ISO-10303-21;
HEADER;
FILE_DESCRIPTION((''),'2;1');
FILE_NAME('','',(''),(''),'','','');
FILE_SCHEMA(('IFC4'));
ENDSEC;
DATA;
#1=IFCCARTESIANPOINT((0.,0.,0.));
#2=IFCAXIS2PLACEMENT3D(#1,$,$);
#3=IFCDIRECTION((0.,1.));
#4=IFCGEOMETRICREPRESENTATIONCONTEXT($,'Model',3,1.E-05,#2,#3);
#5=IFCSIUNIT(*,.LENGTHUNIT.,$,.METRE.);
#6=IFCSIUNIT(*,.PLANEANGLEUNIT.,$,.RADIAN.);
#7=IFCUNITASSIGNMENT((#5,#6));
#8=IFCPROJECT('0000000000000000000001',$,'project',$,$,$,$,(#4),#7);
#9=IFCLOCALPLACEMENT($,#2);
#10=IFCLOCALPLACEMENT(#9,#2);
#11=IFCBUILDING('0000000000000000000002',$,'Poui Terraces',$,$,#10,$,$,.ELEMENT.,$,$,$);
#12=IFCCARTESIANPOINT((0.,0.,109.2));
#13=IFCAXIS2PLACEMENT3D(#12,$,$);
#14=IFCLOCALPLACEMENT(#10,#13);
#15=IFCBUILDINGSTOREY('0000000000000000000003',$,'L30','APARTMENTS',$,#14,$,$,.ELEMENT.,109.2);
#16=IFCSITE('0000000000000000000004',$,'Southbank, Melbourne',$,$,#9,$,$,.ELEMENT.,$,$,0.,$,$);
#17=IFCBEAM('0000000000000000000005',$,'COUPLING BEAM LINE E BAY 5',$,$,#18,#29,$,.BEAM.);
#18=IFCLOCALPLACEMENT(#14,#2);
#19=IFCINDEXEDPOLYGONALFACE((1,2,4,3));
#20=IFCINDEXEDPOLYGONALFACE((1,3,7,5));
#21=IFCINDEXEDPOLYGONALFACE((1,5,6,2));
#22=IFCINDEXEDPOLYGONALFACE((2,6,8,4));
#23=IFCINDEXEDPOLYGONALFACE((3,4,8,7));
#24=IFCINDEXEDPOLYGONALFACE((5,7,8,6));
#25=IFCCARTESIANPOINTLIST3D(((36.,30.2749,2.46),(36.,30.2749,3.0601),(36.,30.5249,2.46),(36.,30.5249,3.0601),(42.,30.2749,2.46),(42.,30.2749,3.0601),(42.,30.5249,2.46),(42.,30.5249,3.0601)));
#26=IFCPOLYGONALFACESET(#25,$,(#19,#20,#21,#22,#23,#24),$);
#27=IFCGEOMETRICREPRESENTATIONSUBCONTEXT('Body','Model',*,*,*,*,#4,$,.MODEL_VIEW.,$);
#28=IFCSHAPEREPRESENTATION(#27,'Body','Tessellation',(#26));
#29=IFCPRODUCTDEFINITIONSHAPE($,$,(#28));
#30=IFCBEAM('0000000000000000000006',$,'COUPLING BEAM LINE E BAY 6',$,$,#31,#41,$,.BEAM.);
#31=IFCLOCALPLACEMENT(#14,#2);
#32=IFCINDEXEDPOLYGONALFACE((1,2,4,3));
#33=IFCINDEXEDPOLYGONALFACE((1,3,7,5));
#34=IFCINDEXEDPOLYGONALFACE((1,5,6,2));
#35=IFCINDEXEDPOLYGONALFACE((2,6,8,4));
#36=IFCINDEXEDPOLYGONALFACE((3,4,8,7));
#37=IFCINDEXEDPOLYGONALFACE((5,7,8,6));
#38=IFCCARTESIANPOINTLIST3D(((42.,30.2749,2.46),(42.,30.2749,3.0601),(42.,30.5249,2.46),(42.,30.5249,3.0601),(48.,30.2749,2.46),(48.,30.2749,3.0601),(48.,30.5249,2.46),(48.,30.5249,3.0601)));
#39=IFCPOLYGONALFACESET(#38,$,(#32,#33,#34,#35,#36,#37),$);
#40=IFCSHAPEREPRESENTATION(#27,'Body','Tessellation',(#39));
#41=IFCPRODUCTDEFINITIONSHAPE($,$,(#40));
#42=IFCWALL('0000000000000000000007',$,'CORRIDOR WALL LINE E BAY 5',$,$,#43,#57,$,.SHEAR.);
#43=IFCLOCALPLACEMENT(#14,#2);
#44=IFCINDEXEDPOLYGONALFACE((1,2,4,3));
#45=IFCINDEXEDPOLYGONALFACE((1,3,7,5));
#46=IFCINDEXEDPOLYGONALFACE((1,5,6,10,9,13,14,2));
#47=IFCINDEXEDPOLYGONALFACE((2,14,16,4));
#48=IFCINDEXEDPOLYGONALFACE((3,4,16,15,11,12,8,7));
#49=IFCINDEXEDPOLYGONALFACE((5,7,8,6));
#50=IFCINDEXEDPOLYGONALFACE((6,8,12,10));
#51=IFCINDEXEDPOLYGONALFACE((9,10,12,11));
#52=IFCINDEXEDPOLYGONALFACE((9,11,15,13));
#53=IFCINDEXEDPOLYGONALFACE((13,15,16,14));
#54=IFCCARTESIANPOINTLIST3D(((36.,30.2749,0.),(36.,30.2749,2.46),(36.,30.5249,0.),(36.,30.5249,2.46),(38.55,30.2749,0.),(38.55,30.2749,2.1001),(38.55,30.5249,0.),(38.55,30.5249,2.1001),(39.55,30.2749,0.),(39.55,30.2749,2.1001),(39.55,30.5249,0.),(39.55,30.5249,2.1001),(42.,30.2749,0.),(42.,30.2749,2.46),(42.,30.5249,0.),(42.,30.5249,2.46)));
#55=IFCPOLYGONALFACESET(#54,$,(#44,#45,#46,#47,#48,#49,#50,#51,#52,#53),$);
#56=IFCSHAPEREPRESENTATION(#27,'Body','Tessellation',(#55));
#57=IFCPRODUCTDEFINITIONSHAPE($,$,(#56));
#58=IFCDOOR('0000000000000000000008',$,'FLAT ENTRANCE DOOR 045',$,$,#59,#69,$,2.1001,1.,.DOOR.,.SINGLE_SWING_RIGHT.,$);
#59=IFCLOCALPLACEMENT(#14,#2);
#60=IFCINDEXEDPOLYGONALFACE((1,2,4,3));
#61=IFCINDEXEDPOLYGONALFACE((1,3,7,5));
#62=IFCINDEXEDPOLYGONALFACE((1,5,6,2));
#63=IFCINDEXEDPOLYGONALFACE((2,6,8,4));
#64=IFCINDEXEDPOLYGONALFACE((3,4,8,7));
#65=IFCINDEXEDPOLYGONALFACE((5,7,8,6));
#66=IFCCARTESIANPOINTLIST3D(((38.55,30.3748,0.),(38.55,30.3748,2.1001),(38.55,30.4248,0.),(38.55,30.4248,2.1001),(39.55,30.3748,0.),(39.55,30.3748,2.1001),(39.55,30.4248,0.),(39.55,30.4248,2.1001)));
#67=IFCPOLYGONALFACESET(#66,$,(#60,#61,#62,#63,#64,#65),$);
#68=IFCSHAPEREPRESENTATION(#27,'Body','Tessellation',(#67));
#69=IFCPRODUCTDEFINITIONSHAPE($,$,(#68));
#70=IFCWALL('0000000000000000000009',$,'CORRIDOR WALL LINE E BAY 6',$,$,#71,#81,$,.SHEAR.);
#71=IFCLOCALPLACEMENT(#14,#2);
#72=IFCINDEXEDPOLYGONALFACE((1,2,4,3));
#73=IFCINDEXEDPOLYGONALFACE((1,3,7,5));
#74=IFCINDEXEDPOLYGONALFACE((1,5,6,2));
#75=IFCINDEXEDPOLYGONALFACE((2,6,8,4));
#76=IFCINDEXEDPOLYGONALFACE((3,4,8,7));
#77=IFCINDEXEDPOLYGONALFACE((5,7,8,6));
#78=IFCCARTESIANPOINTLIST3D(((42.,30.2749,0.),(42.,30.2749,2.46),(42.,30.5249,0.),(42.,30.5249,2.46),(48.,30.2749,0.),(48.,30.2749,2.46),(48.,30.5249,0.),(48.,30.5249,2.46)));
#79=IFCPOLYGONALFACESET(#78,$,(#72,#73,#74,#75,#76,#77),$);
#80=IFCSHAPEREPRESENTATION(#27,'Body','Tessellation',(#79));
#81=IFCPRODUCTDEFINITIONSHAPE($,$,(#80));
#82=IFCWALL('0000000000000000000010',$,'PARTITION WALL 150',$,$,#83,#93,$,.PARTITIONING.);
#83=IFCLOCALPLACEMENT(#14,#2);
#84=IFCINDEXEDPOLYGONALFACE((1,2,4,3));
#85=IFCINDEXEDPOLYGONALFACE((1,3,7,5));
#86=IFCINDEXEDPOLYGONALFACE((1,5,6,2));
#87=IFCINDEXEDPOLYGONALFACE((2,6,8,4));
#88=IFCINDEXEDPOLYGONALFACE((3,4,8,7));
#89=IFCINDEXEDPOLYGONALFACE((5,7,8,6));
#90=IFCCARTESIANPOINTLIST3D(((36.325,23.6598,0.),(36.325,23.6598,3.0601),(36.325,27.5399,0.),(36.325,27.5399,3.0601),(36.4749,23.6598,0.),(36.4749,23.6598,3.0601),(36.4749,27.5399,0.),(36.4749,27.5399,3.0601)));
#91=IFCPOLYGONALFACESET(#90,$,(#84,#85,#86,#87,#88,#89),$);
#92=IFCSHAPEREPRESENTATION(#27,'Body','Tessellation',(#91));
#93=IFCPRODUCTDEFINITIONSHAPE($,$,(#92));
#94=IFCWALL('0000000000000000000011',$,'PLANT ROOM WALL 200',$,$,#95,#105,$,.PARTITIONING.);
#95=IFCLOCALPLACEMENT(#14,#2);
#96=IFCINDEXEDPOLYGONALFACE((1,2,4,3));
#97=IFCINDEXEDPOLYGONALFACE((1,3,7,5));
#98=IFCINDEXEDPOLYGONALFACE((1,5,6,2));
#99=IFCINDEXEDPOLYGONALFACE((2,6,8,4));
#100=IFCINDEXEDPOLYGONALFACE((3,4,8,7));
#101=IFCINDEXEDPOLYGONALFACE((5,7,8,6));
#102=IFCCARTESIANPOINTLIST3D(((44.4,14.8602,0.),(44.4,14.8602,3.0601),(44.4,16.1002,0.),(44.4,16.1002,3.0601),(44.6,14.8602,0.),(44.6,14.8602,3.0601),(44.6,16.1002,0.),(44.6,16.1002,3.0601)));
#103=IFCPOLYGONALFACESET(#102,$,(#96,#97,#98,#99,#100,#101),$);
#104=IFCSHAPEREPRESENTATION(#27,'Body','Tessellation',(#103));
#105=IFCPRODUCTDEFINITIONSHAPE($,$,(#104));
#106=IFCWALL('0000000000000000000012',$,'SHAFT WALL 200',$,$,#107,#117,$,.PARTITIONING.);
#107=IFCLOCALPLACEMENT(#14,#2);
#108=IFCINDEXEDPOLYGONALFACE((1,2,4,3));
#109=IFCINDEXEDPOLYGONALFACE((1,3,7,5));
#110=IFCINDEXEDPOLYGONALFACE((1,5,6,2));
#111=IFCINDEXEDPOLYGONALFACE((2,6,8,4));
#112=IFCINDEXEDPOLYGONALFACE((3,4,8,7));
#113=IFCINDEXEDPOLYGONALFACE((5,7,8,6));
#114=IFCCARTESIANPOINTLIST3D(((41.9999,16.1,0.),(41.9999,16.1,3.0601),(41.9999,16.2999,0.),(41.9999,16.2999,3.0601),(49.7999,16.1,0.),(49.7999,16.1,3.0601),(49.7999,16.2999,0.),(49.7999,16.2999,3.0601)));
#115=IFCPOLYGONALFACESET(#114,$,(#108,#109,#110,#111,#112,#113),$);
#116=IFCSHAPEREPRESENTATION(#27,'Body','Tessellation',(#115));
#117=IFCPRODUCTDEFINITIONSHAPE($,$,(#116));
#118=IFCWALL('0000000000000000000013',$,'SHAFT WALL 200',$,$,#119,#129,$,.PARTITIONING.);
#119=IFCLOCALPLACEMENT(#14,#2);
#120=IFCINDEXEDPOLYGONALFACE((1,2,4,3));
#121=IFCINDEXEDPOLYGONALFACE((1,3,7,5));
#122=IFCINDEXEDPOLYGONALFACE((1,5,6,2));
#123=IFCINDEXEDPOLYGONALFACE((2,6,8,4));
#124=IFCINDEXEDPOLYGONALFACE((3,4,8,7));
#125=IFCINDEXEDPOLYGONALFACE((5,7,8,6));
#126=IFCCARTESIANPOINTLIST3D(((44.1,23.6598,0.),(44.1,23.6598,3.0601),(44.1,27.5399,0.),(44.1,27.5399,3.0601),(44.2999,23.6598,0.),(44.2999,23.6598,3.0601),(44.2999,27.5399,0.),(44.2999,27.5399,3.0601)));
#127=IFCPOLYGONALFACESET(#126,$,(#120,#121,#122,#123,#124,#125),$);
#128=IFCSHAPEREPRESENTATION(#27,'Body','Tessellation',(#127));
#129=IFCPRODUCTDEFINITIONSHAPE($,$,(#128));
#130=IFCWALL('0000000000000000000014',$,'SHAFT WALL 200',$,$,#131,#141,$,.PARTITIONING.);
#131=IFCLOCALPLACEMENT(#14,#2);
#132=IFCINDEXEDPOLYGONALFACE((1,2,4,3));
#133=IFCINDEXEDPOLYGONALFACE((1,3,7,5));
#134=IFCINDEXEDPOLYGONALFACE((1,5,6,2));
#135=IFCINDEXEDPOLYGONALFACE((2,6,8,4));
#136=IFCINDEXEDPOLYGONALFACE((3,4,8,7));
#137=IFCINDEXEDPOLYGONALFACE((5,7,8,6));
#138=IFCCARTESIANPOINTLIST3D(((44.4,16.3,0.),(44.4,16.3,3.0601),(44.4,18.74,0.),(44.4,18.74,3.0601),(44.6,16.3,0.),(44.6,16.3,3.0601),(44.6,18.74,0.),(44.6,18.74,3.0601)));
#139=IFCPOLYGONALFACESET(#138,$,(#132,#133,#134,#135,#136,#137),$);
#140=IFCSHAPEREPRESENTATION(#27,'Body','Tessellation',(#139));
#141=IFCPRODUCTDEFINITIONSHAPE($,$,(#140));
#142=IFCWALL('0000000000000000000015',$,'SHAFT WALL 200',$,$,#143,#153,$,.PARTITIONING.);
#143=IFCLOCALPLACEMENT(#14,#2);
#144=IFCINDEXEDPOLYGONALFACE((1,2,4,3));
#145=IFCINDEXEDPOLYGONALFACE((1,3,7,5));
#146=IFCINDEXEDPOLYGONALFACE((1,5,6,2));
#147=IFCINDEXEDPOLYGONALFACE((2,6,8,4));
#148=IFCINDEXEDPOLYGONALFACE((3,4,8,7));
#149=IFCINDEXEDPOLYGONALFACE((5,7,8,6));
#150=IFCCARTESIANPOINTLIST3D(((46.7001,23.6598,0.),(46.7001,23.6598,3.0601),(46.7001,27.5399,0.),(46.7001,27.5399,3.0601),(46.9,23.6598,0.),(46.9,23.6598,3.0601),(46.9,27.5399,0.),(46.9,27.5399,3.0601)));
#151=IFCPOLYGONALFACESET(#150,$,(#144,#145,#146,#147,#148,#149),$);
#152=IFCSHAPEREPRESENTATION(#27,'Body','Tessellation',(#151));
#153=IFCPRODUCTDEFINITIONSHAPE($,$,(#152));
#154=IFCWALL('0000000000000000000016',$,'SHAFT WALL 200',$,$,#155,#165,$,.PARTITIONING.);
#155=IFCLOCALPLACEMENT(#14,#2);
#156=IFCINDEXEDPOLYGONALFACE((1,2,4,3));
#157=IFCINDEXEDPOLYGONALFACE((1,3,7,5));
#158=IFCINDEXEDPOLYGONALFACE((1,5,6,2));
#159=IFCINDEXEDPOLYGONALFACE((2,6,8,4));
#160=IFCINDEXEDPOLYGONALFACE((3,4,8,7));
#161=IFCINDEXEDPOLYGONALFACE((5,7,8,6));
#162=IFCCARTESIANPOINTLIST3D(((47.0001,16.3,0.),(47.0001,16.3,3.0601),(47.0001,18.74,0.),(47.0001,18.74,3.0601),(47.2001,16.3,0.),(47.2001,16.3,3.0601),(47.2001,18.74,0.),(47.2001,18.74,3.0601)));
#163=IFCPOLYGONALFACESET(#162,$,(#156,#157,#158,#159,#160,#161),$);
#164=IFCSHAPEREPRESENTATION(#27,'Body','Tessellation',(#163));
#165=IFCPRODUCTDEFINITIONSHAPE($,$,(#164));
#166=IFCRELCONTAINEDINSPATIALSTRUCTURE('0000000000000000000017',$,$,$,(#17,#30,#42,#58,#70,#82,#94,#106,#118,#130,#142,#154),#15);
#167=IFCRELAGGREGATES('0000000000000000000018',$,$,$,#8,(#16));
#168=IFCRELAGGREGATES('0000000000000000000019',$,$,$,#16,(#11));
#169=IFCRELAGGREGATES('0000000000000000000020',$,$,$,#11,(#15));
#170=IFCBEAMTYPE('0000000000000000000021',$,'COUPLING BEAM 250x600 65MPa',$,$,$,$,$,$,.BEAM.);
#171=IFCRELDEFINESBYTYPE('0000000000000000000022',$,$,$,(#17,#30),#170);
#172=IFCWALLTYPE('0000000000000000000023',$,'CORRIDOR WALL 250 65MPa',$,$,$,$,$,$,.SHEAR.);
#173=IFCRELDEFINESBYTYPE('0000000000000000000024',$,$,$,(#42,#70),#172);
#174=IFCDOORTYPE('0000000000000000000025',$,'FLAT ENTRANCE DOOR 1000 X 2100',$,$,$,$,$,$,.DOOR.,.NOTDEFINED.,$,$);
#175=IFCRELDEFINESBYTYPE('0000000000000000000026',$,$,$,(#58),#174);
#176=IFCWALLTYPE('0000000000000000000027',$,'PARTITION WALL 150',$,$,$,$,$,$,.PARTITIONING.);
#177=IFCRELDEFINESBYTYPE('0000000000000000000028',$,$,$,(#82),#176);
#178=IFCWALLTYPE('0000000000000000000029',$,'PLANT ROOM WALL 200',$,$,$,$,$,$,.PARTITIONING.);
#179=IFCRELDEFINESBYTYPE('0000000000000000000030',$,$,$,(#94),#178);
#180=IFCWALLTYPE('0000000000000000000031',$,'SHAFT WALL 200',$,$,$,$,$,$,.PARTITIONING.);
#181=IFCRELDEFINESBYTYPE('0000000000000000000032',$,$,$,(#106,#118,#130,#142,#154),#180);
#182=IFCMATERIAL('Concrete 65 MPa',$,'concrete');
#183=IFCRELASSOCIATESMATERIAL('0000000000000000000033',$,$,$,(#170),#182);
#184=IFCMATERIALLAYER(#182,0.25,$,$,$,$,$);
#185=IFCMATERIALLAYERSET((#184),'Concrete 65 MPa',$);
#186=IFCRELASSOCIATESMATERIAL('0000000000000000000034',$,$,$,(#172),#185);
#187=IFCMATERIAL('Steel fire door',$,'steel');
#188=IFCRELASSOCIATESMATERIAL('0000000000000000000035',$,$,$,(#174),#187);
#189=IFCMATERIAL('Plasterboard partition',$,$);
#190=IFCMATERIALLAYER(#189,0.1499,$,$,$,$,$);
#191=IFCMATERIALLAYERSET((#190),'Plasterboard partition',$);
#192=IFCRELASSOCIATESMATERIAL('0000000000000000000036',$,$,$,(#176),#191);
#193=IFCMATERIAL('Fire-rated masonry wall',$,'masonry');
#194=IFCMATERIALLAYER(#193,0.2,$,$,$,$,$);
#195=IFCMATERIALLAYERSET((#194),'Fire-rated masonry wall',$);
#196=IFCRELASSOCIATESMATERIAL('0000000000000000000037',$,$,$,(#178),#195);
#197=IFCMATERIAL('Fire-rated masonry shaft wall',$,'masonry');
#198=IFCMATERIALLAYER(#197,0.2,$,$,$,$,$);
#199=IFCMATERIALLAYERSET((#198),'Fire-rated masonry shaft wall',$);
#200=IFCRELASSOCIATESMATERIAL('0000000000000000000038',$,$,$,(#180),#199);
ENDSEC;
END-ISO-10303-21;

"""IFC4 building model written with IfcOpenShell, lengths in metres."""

from ifc_helpers import new_model, si_unit, direction, frame, frame_2d, origin, origin_2d, place, context, subcontext, project, spatial, rectangle, extrude, source, transform, mapped, material, layer, layer_set, material_profile, profile_set, type_object, element, fill, save


model = new_model("IFC4")

# Units and contexts
model_context = context("Model", 3, precision=1e-05, world=origin(), true_north=direction((0.0, 1.0)))
body_context = subcontext(model_context, "Body", "Model", "MODEL_VIEW")
ifc_project = project(units=[si_unit("LENGTHUNIT", "METRE"), si_unit("PLANEANGLEUNIT", "RADIAN")], contexts=[model_context])

# Site, building, storey
site_placement = place(None, origin())
site = spatial("IfcSite", under=ifc_project, at=site_placement, Name="Southbank, Melbourne", CompositionType="ELEMENT", RefElevation=0.0)
building_placement = place(site_placement, origin())
building = spatial("IfcBuilding", under=site, at=building_placement, Name="Poui Terraces", CompositionType="ELEMENT")
storey_placement = place(building_placement, frame((0.0, 0.0, 109.2)))
storey = spatial("IfcBuildingStorey", under=building, at=storey_placement, Name="L30", Description="APARTMENTS", CompositionType="ELEMENT", Elevation=109.2)

# Beams
ifc_material_1 = material(Name="Concrete 65 MPa", Category="concrete")
ifc_material_profile = material_profile(ifc_material_1, rectangle(XDim=0.25, YDim=0.6001, at=origin_2d()), Name="RC 250x600")
ifc_profile_set = profile_set([ifc_material_profile], Name="Concrete 65 MPa")
beam_type = type_object("IfcBeamType", Name="COUPLING BEAM 250x600 65MPa", PredefinedType="BEAM", material=ifc_profile_set)
shared_shape = source(origin(), body_context, "Body", "SweptSolid", [
    extrude(rectangle(XDim=0.25, YDim=0.6001, at=origin_2d()), origin(), (0.0, 0.0, 1.0), 6.0),
])
for number, where, z_axis, x_axis, name in (
    (1, (36.0, 30.3999, 2.76), (1.0, 0.0, 0.0), (0.0, 1.0, 0.0), "COUPLING BEAM LINE E BAY 5"),
    (2, (42.0, 30.3999, 2.76), (1.0, 0.0, 0.0), (0.0, 1.0, 0.0), "COUPLING BEAM LINE E BAY 6"),
):
    element("IfcBeam", number, at=place(storey_placement, frame(where, z_axis=z_axis, x_axis=x_axis)), inside=storey, type_object=beam_type, Name=name, PredefinedType="BEAM", context=body_context, shape_type="MappedRepresentation", body=[
        mapped(shared_shape, transform((0.0, 0.0, 0.0))),
    ])

# Wall, opening, door
ifc_layer_1 = layer(ifc_material_1, 0.25)
ifc_layer_set_1 = layer_set([ifc_layer_1], Name="Concrete 65 MPa")
wall_type_1 = type_object("IfcWallType", Name="CORRIDOR WALL 250 65MPa", PredefinedType="SHEAR", material=ifc_layer_set_1)
wall_1_placement = place(storey_placement, frame((36.0, 30.3999, 0.0), z_axis=(0.0, 0.0, 1.0), x_axis=(1.0, 0.0, 0.0)))
wall_1 = element("IfcWall", 3, at=wall_1_placement, inside=storey, type_object=wall_type_1, Name="CORRIDOR WALL LINE E BAY 5", PredefinedType="SHEAR", context=body_context, shape_type="SweptSolid", body=[
    extrude(rectangle(XDim=6.0, YDim=0.25, at=frame_2d((3.0, 0.0))), origin(), (0.0, 0.0, 1.0), 2.46),
])
opening_placement = place(wall_1_placement, frame((2.55, 0.0, 0.0)))
opening = element("IfcOpeningElement", 4, at=opening_placement, cuts=wall_1, PredefinedType="OPENING", context=body_context, shape_type="SweptSolid", body=[
    extrude(rectangle(XDim=1.0, YDim=2.1001, at=frame_2d((0.5, 1.05))), frame((0.0, 0.135, 0.0), z_axis=(0.0, -1.0, 0.0), x_axis=(1.0, 0.0, 0.0)), (0.0, 0.0, 1.0), 0.27),
])
ifc_material_2 = material(Name="Steel fire door", Category="steel")
door_type = type_object("IfcDoorType", Name="FLAT ENTRANCE DOOR 1000 X 2100", OperationType="NOTDEFINED", PredefinedType="DOOR", material=ifc_material_2)
door_placement = place(opening_placement, origin())
door = element("IfcDoor", 5, at=door_placement, inside=storey, type_object=door_type, Name="FLAT ENTRANCE DOOR 045", OperationType="SINGLE_SWING_RIGHT", OverallHeight=2.1001, OverallWidth=1.0, PredefinedType="DOOR", context=body_context, shape_type="SweptSolid", body=[
    extrude(rectangle(XDim=1.0, YDim=2.1001, at=frame_2d((0.5, 1.05))), frame((0.0, 0.0249, 0.0), z_axis=(0.0, -1.0, 0.0), x_axis=(1.0, 0.0, 0.0)), (0.0, 0.0, 1.0), 0.05),
])
fill(opening, door)

# Walls
wall_2_placement = place(storey_placement, frame((42.0, 30.3999, 0.0), z_axis=(0.0, 0.0, 1.0), x_axis=(1.0, 0.0, 0.0)))
element("IfcWall", 6, at=wall_2_placement, inside=storey, type_object=wall_type_1, Name="CORRIDOR WALL LINE E BAY 6", PredefinedType="SHEAR", context=body_context, shape_type="SweptSolid", body=[
    extrude(rectangle(XDim=6.0, YDim=0.25, at=frame_2d((3.0, 0.0))), origin(), (0.0, 0.0, 1.0), 2.46),
])
ifc_material_3 = material(Name="Plasterboard partition")
ifc_layer_2 = layer(ifc_material_3, 0.1499)
ifc_layer_set_2 = layer_set([ifc_layer_2], Name="Plasterboard partition")
wall_type_2 = type_object("IfcWallType", Name="PARTITION WALL 150", PredefinedType="PARTITIONING", material=ifc_layer_set_2)
wall_3_placement = place(storey_placement, frame((36.3999, 23.6599, 0.0), z_axis=(0.0, 0.0, 1.0), x_axis=(0.0, 1.0, 0.0)))
element("IfcWall", 7, at=wall_3_placement, inside=storey, type_object=wall_type_2, Name="PARTITION WALL 150", PredefinedType="PARTITIONING", context=body_context, shape_type="SweptSolid", body=[
    extrude(rectangle(XDim=3.8801, YDim=0.1499, at=frame_2d((1.9399, 0.0))), origin(), (0.0, 0.0, 1.0), 3.0601),
])
ifc_material_4 = material(Name="Fire-rated masonry wall", Category="masonry")
ifc_layer_3 = layer(ifc_material_4, 0.2)
ifc_layer_set_3 = layer_set([ifc_layer_3], Name="Fire-rated masonry wall")
wall_type_3 = type_object("IfcWallType", Name="PLANT ROOM WALL 200", PredefinedType="PARTITIONING", material=ifc_layer_set_3)
wall_4_placement = place(storey_placement, frame((44.5, 14.8601, 0.0), z_axis=(0.0, 0.0, 1.0), x_axis=(0.0, 1.0, 0.0)))
element("IfcWall", 8, at=wall_4_placement, inside=storey, type_object=wall_type_3, Name="PLANT ROOM WALL 200", PredefinedType="PARTITIONING", context=body_context, shape_type="SweptSolid", body=[
    extrude(rectangle(XDim=1.24, YDim=0.2, at=frame_2d((0.6201, 0.0))), origin(), (0.0, 0.0, 1.0), 3.0601),
])
ifc_material_5 = material(Name="Fire-rated masonry shaft wall", Category="masonry")
ifc_layer_4 = layer(ifc_material_5, 0.2)
ifc_layer_set_4 = layer_set([ifc_layer_4], Name="Fire-rated masonry shaft wall")
wall_type_4 = type_object("IfcWallType", Name="SHAFT WALL 200", PredefinedType="PARTITIONING", material=ifc_layer_set_4)
wall_5_placement = place(storey_placement, frame((42.0, 16.2, 0.0), z_axis=(0.0, 0.0, 1.0), x_axis=(1.0, 0.0, 0.0)))
element("IfcWall", 9, at=wall_5_placement, inside=storey, type_object=wall_type_4, Name="SHAFT WALL 200", PredefinedType="PARTITIONING", context=body_context, shape_type="SweptSolid", body=[
    extrude(rectangle(XDim=7.8, YDim=0.2, at=frame_2d((3.8999, 0.0))), origin(), (0.0, 0.0, 1.0), 3.0601),
])
wall_6_placement = place(storey_placement, frame((44.2, 23.6599, 0.0), z_axis=(0.0, 0.0, 1.0), x_axis=(0.0, 1.0, 0.0)))
element("IfcWall", 10, at=wall_6_placement, inside=storey, type_object=wall_type_4, Name="SHAFT WALL 200", PredefinedType="PARTITIONING", context=body_context, shape_type="SweptSolid", body=[
    extrude(rectangle(XDim=3.8801, YDim=0.2, at=frame_2d((1.9399, 0.0))), origin(), (0.0, 0.0, 1.0), 3.0601),
])
wall_7_placement = place(storey_placement, frame((44.5, 16.3, 0.0), z_axis=(0.0, 0.0, 1.0), x_axis=(0.0, 1.0, 0.0)))
element("IfcWall", 11, at=wall_7_placement, inside=storey, type_object=wall_type_4, Name="SHAFT WALL 200", PredefinedType="PARTITIONING", context=body_context, shape_type="SweptSolid", body=[
    extrude(rectangle(XDim=2.4399, YDim=0.2, at=frame_2d((1.22, 0.0))), origin(), (0.0, 0.0, 1.0), 3.0601),
])
wall_8_placement = place(storey_placement, frame((46.8, 23.6599, 0.0), z_axis=(0.0, 0.0, 1.0), x_axis=(0.0, 1.0, 0.0)))
element("IfcWall", 12, at=wall_8_placement, inside=storey, type_object=wall_type_4, Name="SHAFT WALL 200", PredefinedType="PARTITIONING", context=body_context, shape_type="SweptSolid", body=[
    extrude(rectangle(XDim=3.8801, YDim=0.2, at=frame_2d((1.9399, 0.0))), origin(), (0.0, 0.0, 1.0), 3.0601),
])
wall_9_placement = place(storey_placement, frame((47.1001, 16.3, 0.0), z_axis=(0.0, 0.0, 1.0), x_axis=(0.0, 1.0, 0.0)))
element("IfcWall", 13, at=wall_9_placement, inside=storey, type_object=wall_type_4, Name="SHAFT WALL 200", PredefinedType="PARTITIONING", context=body_context, shape_type="SweptSolid", body=[
    extrude(rectangle(XDim=2.4399, YDim=0.2, at=frame_2d((1.22, 0.0))), origin(), (0.0, 0.0, 1.0), 3.0601),
])

save(model, "model.ifc")
